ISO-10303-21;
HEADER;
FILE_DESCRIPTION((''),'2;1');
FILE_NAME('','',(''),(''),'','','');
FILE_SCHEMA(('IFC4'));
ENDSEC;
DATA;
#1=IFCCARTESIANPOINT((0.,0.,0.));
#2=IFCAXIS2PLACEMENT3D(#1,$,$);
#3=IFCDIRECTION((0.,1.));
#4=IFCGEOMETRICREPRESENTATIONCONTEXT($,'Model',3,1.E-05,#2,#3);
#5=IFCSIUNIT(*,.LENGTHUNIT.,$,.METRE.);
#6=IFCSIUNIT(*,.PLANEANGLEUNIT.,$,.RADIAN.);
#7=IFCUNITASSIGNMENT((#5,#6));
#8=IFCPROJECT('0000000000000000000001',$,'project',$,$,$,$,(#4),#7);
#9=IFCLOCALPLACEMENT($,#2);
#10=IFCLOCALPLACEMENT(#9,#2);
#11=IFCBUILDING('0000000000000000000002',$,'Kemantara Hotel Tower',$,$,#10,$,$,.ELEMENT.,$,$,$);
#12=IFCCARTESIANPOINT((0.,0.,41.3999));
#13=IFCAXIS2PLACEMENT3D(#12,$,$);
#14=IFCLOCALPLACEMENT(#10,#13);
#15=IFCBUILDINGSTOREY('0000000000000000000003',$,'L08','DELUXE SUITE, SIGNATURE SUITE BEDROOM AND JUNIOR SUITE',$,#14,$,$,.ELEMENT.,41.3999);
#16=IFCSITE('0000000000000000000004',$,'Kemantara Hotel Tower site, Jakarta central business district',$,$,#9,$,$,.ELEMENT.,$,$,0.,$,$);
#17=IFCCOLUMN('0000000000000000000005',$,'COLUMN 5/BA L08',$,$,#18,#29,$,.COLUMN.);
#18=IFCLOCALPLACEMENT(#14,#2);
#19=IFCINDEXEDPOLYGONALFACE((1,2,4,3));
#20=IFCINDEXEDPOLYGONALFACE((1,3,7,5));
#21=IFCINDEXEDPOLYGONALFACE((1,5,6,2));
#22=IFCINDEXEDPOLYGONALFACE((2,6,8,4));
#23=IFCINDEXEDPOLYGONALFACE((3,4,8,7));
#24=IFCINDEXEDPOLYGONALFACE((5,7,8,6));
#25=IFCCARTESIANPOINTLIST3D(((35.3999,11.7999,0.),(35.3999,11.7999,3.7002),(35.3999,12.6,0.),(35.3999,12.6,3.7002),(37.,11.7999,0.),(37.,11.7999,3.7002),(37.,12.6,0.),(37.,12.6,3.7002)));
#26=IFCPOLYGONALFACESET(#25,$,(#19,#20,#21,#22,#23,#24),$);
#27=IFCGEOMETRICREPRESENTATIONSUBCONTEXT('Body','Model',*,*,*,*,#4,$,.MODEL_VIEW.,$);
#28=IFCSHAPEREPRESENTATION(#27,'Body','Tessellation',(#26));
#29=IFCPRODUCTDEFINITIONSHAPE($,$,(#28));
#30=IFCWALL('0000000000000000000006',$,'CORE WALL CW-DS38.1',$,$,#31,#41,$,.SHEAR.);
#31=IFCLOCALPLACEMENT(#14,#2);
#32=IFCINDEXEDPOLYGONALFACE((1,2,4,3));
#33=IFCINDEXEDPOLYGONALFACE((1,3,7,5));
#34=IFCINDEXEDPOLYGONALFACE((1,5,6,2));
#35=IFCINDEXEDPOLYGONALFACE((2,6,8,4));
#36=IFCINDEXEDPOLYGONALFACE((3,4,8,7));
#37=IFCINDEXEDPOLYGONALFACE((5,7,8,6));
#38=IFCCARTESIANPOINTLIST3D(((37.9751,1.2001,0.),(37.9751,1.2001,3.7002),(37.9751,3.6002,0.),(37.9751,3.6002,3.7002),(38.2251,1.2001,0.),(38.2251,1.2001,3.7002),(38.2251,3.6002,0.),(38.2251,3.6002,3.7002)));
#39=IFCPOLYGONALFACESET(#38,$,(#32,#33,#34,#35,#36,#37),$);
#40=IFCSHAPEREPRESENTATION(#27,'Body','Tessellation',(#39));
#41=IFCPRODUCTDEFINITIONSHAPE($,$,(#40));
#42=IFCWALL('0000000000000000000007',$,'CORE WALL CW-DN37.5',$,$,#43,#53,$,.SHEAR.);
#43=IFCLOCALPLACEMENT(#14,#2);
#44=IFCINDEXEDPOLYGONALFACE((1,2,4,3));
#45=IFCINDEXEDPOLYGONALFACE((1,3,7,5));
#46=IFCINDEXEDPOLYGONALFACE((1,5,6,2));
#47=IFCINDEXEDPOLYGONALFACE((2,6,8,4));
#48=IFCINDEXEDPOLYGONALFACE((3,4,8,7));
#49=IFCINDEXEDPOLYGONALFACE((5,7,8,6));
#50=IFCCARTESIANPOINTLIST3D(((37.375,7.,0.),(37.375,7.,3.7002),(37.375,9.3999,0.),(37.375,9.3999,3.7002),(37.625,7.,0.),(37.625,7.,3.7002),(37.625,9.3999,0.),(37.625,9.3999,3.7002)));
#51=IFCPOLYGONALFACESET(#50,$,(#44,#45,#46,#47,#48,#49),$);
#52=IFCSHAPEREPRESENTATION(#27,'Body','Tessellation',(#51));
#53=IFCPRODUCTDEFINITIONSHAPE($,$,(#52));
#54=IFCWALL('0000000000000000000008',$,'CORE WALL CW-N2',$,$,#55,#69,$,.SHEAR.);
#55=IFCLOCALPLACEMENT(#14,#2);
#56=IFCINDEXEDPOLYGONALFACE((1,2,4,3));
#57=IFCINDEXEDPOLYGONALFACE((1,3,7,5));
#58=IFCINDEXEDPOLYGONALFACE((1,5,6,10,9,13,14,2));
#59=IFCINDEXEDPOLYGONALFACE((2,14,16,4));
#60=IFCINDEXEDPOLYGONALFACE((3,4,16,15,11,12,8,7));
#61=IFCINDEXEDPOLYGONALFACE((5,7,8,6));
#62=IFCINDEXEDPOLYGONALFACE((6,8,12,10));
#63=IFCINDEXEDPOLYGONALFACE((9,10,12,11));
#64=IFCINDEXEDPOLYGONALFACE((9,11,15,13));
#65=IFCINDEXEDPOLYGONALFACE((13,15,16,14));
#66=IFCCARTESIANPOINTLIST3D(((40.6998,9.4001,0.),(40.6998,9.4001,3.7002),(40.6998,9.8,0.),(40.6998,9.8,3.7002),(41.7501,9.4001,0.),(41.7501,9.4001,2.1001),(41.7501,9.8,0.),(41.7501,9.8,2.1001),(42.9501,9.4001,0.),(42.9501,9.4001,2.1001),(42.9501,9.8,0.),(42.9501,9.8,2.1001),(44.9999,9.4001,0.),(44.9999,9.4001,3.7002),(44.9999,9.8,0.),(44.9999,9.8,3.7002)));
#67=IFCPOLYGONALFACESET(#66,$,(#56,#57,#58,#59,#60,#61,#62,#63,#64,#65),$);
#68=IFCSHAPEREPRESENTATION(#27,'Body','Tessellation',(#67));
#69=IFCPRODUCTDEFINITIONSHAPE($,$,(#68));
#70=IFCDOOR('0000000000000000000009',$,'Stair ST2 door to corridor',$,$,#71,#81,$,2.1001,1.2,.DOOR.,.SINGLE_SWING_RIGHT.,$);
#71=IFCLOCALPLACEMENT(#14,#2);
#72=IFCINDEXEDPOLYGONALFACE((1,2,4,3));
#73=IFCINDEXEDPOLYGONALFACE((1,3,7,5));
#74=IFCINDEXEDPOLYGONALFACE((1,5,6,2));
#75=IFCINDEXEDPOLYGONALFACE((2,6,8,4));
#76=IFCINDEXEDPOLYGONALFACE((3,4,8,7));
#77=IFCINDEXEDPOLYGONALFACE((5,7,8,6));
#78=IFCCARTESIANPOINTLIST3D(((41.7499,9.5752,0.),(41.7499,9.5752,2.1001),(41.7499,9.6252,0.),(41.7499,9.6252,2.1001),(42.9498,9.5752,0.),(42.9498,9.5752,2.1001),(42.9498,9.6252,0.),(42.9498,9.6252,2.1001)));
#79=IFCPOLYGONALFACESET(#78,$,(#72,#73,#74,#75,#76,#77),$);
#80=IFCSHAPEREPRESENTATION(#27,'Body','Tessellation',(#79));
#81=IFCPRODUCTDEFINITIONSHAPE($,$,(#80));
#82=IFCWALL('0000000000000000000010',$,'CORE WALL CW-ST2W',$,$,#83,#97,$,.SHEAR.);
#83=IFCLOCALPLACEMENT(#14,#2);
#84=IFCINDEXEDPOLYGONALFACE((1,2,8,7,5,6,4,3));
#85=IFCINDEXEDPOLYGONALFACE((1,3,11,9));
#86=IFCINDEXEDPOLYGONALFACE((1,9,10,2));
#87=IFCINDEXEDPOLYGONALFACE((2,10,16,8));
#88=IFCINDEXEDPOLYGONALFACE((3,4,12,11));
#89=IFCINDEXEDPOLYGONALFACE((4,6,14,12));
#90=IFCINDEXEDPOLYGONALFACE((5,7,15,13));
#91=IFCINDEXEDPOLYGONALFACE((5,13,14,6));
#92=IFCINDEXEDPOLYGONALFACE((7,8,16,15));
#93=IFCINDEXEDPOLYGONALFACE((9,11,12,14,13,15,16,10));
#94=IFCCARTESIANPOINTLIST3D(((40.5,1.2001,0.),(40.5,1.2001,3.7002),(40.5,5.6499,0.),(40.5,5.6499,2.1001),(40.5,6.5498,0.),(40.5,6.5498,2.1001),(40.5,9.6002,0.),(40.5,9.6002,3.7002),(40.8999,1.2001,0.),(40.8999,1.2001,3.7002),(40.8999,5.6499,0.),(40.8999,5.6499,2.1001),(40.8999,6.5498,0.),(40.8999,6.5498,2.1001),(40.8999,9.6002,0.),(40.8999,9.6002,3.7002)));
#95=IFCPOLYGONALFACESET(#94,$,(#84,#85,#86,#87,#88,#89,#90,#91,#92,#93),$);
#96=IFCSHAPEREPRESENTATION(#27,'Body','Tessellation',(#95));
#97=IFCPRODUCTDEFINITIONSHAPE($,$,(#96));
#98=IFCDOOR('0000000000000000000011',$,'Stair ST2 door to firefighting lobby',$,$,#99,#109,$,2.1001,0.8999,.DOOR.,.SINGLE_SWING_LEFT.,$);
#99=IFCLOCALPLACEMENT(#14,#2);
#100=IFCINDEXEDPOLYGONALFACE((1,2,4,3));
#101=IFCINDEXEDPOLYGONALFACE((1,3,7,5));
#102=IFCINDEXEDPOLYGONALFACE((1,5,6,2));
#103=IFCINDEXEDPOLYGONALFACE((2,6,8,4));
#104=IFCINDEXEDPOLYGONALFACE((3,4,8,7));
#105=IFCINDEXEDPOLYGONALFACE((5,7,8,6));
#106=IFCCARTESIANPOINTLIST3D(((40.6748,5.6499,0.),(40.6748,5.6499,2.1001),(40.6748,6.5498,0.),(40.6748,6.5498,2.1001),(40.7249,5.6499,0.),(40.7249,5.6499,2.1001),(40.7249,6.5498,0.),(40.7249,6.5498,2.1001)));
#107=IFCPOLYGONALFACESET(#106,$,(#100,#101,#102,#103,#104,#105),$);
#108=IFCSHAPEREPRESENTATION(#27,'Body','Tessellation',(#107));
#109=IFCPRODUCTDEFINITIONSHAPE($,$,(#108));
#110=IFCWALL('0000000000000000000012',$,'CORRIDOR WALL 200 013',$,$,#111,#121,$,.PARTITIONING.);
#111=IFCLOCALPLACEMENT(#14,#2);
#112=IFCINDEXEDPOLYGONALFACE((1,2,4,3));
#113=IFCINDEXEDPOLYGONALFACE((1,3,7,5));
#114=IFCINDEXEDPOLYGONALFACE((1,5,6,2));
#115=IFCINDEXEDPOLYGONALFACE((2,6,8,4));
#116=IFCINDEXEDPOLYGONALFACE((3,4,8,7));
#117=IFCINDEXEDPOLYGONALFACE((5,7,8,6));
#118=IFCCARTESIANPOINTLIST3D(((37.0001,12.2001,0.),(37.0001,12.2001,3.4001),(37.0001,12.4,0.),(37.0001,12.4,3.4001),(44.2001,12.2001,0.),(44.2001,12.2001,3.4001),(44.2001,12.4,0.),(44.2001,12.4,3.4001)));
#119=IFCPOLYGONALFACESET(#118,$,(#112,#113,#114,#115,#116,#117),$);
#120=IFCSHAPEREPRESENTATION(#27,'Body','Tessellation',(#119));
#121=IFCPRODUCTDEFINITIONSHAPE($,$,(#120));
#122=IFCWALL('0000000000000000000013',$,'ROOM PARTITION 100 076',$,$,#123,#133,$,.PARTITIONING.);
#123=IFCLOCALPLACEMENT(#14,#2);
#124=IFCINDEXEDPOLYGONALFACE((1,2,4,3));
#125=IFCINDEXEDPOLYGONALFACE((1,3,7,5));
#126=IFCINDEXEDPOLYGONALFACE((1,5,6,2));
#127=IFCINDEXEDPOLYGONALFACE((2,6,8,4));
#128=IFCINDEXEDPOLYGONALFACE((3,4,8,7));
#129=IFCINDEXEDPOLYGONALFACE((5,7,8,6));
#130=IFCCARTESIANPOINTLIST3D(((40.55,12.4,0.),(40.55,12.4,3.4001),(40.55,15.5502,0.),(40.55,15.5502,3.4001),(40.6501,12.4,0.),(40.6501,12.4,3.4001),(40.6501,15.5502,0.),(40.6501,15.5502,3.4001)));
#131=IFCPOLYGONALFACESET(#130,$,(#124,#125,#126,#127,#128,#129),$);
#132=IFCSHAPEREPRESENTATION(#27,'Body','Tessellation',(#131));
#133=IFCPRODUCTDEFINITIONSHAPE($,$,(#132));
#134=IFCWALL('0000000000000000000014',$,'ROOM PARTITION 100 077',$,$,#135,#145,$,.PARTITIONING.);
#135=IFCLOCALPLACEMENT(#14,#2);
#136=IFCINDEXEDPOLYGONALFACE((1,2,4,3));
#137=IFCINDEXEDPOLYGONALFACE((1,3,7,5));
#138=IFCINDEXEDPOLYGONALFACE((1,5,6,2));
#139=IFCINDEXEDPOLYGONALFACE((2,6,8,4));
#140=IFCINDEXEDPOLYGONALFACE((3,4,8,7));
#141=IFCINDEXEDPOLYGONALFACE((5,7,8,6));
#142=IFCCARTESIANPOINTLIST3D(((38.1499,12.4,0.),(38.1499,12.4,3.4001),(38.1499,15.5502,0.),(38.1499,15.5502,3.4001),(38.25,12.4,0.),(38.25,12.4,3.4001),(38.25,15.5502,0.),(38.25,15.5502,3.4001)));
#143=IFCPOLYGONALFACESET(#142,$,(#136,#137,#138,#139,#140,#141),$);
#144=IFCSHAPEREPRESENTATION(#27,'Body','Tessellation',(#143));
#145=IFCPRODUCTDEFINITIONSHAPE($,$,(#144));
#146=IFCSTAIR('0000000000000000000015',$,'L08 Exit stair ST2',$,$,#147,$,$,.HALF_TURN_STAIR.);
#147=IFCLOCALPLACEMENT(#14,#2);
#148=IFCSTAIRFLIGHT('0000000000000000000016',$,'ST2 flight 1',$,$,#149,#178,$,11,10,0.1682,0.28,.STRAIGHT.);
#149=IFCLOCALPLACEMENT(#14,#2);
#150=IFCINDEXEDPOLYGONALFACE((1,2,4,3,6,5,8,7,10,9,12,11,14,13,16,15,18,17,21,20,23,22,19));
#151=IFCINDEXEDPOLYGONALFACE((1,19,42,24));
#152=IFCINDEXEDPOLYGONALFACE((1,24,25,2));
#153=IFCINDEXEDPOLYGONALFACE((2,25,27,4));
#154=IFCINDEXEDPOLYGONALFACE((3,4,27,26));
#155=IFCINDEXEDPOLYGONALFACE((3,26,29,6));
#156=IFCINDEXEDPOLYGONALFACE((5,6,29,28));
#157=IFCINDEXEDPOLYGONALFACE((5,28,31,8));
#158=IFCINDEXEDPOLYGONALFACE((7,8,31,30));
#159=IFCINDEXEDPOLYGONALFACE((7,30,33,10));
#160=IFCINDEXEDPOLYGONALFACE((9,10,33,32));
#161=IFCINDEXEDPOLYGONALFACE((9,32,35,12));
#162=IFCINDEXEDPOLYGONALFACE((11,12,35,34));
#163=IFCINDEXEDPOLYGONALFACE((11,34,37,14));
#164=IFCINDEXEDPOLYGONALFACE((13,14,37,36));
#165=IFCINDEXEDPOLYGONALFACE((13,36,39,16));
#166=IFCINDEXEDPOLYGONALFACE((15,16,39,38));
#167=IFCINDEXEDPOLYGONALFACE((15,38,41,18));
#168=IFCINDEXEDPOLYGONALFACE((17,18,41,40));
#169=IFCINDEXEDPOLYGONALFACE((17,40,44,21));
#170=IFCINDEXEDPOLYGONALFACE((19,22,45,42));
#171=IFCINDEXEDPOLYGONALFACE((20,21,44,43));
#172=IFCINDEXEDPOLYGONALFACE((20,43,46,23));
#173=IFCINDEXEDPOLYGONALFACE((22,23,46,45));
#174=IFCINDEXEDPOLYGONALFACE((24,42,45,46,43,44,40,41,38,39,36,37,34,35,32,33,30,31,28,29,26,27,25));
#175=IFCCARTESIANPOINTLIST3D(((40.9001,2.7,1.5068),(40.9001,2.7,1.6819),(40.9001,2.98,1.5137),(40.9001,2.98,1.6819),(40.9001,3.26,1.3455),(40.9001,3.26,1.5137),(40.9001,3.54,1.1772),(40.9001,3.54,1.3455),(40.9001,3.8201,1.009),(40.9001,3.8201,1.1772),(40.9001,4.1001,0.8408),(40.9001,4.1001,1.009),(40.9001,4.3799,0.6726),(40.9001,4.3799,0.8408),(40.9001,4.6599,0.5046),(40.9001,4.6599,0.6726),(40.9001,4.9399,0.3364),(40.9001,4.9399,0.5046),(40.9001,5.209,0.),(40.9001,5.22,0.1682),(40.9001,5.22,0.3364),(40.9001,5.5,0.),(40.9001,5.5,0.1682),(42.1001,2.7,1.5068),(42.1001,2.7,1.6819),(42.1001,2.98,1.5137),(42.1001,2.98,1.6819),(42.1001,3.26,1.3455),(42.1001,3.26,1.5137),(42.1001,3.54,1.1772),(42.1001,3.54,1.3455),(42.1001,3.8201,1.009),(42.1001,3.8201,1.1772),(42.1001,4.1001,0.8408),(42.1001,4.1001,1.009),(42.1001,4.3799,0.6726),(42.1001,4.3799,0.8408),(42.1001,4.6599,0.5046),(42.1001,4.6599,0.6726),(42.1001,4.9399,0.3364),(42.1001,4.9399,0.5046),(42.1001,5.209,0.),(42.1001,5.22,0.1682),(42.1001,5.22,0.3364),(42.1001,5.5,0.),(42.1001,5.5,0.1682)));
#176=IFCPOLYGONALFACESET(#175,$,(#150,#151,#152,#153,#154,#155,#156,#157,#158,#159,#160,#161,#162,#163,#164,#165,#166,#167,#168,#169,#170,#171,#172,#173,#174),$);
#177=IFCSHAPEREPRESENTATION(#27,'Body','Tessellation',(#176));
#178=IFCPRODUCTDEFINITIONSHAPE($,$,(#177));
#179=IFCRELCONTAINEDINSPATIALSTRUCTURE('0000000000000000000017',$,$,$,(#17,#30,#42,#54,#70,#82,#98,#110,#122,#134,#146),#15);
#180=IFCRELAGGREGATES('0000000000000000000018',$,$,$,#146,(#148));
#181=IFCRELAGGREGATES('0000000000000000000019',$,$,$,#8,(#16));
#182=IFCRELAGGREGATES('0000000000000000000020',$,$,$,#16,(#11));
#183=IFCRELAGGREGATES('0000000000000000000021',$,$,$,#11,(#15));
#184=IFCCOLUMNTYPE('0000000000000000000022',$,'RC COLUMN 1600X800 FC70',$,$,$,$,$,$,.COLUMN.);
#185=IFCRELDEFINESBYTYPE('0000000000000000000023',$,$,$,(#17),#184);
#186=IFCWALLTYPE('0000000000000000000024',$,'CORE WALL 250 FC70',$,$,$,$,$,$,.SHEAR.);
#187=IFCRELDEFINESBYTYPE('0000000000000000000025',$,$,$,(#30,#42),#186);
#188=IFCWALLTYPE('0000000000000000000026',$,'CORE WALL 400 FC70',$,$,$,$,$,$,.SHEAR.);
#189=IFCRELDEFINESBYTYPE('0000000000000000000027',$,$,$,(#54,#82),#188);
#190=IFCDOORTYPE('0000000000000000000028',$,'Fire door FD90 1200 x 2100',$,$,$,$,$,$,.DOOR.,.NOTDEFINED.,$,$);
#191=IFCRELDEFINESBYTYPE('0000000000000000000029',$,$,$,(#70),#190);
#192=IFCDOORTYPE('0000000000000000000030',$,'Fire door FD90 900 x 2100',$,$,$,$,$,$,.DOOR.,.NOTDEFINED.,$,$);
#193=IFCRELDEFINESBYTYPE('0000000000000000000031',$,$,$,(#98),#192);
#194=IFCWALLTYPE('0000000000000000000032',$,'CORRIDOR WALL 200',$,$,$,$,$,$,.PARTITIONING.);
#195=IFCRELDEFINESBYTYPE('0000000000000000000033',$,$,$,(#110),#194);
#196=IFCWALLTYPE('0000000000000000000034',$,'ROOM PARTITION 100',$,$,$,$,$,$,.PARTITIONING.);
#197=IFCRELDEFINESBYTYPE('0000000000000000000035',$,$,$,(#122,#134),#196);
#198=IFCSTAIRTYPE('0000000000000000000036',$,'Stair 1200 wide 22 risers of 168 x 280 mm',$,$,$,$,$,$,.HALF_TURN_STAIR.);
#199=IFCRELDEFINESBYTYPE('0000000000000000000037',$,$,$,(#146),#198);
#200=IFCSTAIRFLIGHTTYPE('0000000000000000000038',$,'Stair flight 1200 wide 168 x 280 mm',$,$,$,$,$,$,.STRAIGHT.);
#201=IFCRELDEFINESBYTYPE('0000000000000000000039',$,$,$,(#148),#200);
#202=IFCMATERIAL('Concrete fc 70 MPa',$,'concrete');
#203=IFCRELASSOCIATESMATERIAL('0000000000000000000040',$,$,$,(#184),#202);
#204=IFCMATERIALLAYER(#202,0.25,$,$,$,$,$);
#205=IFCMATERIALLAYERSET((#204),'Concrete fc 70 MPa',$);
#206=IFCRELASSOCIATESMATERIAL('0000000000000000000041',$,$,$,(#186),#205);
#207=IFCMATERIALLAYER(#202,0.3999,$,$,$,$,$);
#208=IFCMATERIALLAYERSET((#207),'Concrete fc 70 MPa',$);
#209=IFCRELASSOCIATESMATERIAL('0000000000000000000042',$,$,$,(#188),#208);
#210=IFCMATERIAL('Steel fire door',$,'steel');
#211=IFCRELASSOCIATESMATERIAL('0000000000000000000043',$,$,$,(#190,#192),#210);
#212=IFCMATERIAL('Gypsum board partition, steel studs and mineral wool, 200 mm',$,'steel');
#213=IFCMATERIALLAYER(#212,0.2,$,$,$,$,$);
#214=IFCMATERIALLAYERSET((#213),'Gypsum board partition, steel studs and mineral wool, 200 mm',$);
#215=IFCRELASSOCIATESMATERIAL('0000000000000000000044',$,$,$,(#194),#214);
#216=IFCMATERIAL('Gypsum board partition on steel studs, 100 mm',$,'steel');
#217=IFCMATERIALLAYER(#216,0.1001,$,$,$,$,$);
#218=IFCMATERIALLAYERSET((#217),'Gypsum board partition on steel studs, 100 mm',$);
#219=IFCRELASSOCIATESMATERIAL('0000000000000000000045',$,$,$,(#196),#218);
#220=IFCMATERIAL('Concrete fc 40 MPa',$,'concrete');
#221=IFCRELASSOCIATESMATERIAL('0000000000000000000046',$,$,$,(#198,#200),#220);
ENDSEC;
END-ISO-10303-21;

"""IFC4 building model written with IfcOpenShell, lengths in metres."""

from ifc_helpers import new_model, si_unit, direction, frame, frame_2d, origin, origin_2d, place, context, subcontext, project, spatial, polyline, rectangle, outline, extrude, material, layer, layer_set, material_profile, profile_set, type_object, element, fill, aggregate, save


model = new_model("IFC4")

# Units and contexts
model_context = context("Model", 3, precision=1e-05, world=origin(), true_north=direction((0.0, 1.0)))
body_context = subcontext(model_context, "Body", "Model", "MODEL_VIEW")
ifc_project = project(units=[si_unit("LENGTHUNIT", "METRE"), si_unit("PLANEANGLEUNIT", "RADIAN")], contexts=[model_context])

# Site, building, storey
site_placement = place(None, origin())
site = spatial("IfcSite", under=ifc_project, at=site_placement, Name="Kemantara Hotel Tower site, Jakarta central business district", CompositionType="ELEMENT", RefElevation=0.0)
building_placement = place(site_placement, origin())
building = spatial("IfcBuilding", under=site, at=building_placement, Name="Kemantara Hotel Tower", CompositionType="ELEMENT")
storey_placement = place(building_placement, frame((0.0, 0.0, 41.3999)))
storey = spatial("IfcBuildingStorey", under=building, at=storey_placement, Name="L08", Description="DELUXE SUITE, SIGNATURE SUITE BEDROOM AND JUNIOR SUITE", CompositionType="ELEMENT", Elevation=41.3999)

# Column
ifc_material_1 = material(Name="Concrete fc 70 MPa", Category="concrete")
ifc_material_profile = material_profile(ifc_material_1, rectangle(XDim=1.6001, YDim=0.8, at=origin_2d()), Name="RC 1600X800")
ifc_profile_set = profile_set([ifc_material_profile], Name="Concrete fc 70 MPa")
column_type = type_object("IfcColumnType", Name="RC COLUMN 1600X800 FC70", PredefinedType="COLUMN", material=ifc_profile_set)
column_placement = place(storey_placement, frame((36.2, 12.2, 0.0), z_axis=(0.0, 0.0, 1.0), x_axis=(1.0, 0.0, 0.0)))
element("IfcColumn", 1, at=column_placement, inside=storey, type_object=column_type, Name="COLUMN 5/BA L08", PredefinedType="COLUMN", context=body_context, shape_type="SweptSolid", body=[
    extrude(rectangle(XDim=1.6001, YDim=0.8, at=origin_2d()), origin(), (0.0, 0.0, 1.0), 3.7002),
])

# Walls
ifc_layer_1 = layer(ifc_material_1, 0.25)
ifc_layer_set_1 = layer_set([ifc_layer_1], Name="Concrete fc 70 MPa")
wall_type_1 = type_object("IfcWallType", Name="CORE WALL 250 FC70", PredefinedType="SHEAR", material=ifc_layer_set_1)
wall_1_placement = place(storey_placement, frame((38.1001, 1.2, 0.0), z_axis=(0.0, 0.0, 1.0), x_axis=(0.0, 1.0, 0.0)))
element("IfcWall", 2, at=wall_1_placement, inside=storey, type_object=wall_type_1, Name="CORE WALL CW-DS38.1", PredefinedType="SHEAR", context=body_context, shape_type="SweptSolid", body=[
    extrude(rectangle(XDim=2.4001, YDim=0.25, at=frame_2d((1.2002, 0.0))), origin(), (0.0, 0.0, 1.0), 3.7002),
])
wall_2_placement = place(storey_placement, frame((37.5, 7.0, 0.0), z_axis=(0.0, 0.0, 1.0), x_axis=(0.0, 1.0, 0.0)))
element("IfcWall", 3, at=wall_2_placement, inside=storey, type_object=wall_type_1, Name="CORE WALL CW-DN37.5", PredefinedType="SHEAR", context=body_context, shape_type="SweptSolid", body=[
    extrude(rectangle(XDim=2.3999, YDim=0.25, at=frame_2d((1.2, 0.0))), origin(), (0.0, 0.0, 1.0), 3.7002),
])

# Walls, openings, doors
ifc_layer_2 = layer(ifc_material_1, 0.3999)
ifc_layer_set_2 = layer_set([ifc_layer_2], Name="Concrete fc 70 MPa")
wall_type_2 = type_object("IfcWallType", Name="CORE WALL 400 FC70", PredefinedType="SHEAR", material=ifc_layer_set_2)
wall_3_placement = place(storey_placement, frame((40.7, 9.6001, 0.0), z_axis=(0.0, 0.0, 1.0), x_axis=(1.0, 0.0, 0.0)))
wall_3 = element("IfcWall", 4, at=wall_3_placement, inside=storey, type_object=wall_type_2, Name="CORE WALL CW-N2", PredefinedType="SHEAR", context=body_context, shape_type="SweptSolid", body=[
    extrude(rectangle(XDim=4.3, YDim=0.3999, at=frame_2d((2.1499, 0.0))), origin(), (0.0, 0.0, 1.0), 3.7002),
])
opening_1_placement = place(wall_3_placement, frame((1.05, 0.0, 0.0)))
opening_1 = element("IfcOpeningElement", 5, at=opening_1_placement, cuts=wall_3, PredefinedType="OPENING", context=body_context, shape_type="SweptSolid", body=[
    extrude(rectangle(XDim=1.2, YDim=2.1001, at=frame_2d((0.6001, 1.05))), frame((0.0, 0.21, 0.0), z_axis=(0.0, -1.0, 0.0), x_axis=(1.0, 0.0, 0.0)), (0.0, 0.0, 1.0), 0.4199),
])
ifc_material_2 = material(Name="Steel fire door", Category="steel")
door_type_1 = type_object("IfcDoorType", Name="Fire door FD90 1200 x 2100", OperationType="NOTDEFINED", PredefinedType="DOOR", material=ifc_material_2)
door_1_placement = place(opening_1_placement, frame((1.2, 0.0, 0.0), z_axis=(0.0, 0.0, 1.0), x_axis=(-1.0, 0.0, 0.0)))
door_1 = element("IfcDoor", 6, at=door_1_placement, inside=storey, type_object=door_type_1, Name="Stair ST2 door to corridor", OperationType="SINGLE_SWING_RIGHT", OverallHeight=2.1001, OverallWidth=1.2, PredefinedType="DOOR", context=body_context, shape_type="SweptSolid", body=[
    extrude(rectangle(XDim=1.2, YDim=2.1001, at=frame_2d((0.6001, 1.05))), frame((0.0, 0.0249, 0.0), z_axis=(0.0, -1.0, 0.0), x_axis=(1.0, 0.0, 0.0)), (0.0, 0.0, 1.0), 0.05),
])
fill(opening_1, door_1)
wall_4_placement = place(storey_placement, frame((40.7, 1.2, 0.0), z_axis=(0.0, 0.0, 1.0), x_axis=(0.0, 1.0, 0.0)))
wall_4 = element("IfcWall", 7, at=wall_4_placement, inside=storey, type_object=wall_type_2, Name="CORE WALL CW-ST2W", PredefinedType="SHEAR", context=body_context, shape_type="SweptSolid", body=[
    extrude(rectangle(XDim=8.4001, YDim=0.3999, at=frame_2d((4.2002, 0.0))), origin(), (0.0, 0.0, 1.0), 3.7002),
])
opening_2_placement = place(wall_4_placement, frame((4.45, 0.0, 0.0)))
opening_2 = element("IfcOpeningElement", 8, at=opening_2_placement, cuts=wall_4, PredefinedType="OPENING", context=body_context, shape_type="SweptSolid", body=[
    extrude(rectangle(XDim=0.8999, YDim=2.1001, at=frame_2d((0.45, 1.05))), frame((0.0, 0.21, 0.0), z_axis=(0.0, -1.0, 0.0), x_axis=(1.0, 0.0, 0.0)), (0.0, 0.0, 1.0), 0.4199),
])
door_type_2 = type_object("IfcDoorType", Name="Fire door FD90 900 x 2100", OperationType="NOTDEFINED", PredefinedType="DOOR", material=ifc_material_2)
door_2_placement = place(opening_2_placement, frame((0.8999, 0.0, 0.0), z_axis=(0.0, 0.0, 1.0), x_axis=(-1.0, 0.0, 0.0)))
door_2 = element("IfcDoor", 9, at=door_2_placement, inside=storey, type_object=door_type_2, Name="Stair ST2 door to firefighting lobby", OperationType="SINGLE_SWING_LEFT", OverallHeight=2.1001, OverallWidth=0.8999, PredefinedType="DOOR", context=body_context, shape_type="SweptSolid", body=[
    extrude(rectangle(XDim=0.8999, YDim=2.1001, at=frame_2d((0.45, 1.05))), frame((0.0, 0.0249, 0.0), z_axis=(0.0, -1.0, 0.0), x_axis=(1.0, 0.0, 0.0)), (0.0, 0.0, 1.0), 0.05),
])
fill(opening_2, door_2)

# Walls
ifc_material_3 = material(Name="Gypsum board partition, steel studs and mineral wool, 200 mm", Category="steel")
ifc_layer_3 = layer(ifc_material_3, 0.2)
ifc_layer_set_3 = layer_set([ifc_layer_3], Name="Gypsum board partition, steel studs and mineral wool, 200 mm")
wall_type_3 = type_object("IfcWallType", Name="CORRIDOR WALL 200", PredefinedType="PARTITIONING", material=ifc_layer_set_3)
wall_5_placement = place(storey_placement, frame((37.0, 12.3, 0.0), z_axis=(0.0, 0.0, 1.0), x_axis=(1.0, 0.0, 0.0)))
element("IfcWall", 10, at=wall_5_placement, inside=storey, type_object=wall_type_3, Name="CORRIDOR WALL 200 013", PredefinedType="PARTITIONING", context=body_context, shape_type="SweptSolid", body=[
    extrude(rectangle(XDim=7.2, YDim=0.2, at=frame_2d((3.6001, 0.0))), origin(), (0.0, 0.0, 1.0), 3.4001),
])
ifc_material_4 = material(Name="Gypsum board partition on steel studs, 100 mm", Category="steel")
ifc_layer_4 = layer(ifc_material_4, 0.1001)
ifc_layer_set_4 = layer_set([ifc_layer_4], Name="Gypsum board partition on steel studs, 100 mm")
wall_type_4 = type_object("IfcWallType", Name="ROOM PARTITION 100", PredefinedType="PARTITIONING", material=ifc_layer_set_4)
for number, where, z_axis, x_axis, name in (
    (11, (40.6001, 12.3999, 0.0), (0.0, 0.0, 1.0), (0.0, 1.0, 0.0), "ROOM PARTITION 100 076"),
    (12, (38.2, 12.3999, 0.0), (0.0, 0.0, 1.0), (0.0, 1.0, 0.0), "ROOM PARTITION 100 077"),
):
    element("IfcWall", number, at=place(storey_placement, frame(where, z_axis=z_axis, x_axis=x_axis)), inside=storey, type_object=wall_type_4, Name=name, PredefinedType="PARTITIONING", context=body_context, shape_type="SweptSolid", body=[
        extrude(rectangle(XDim=3.1501, YDim=0.1001, at=frame_2d((1.5752, 0.0))), origin(), (0.0, 0.0, 1.0), 3.4001),
    ])

# Stair, stair flight
ifc_material_5 = material(Name="Concrete fc 40 MPa", Category="concrete")
stair_type = type_object("IfcStairType", Name="Stair 1200 wide 22 risers of 168 x 280 mm", PredefinedType="HALF_TURN_STAIR", material=ifc_material_5)
stair_placement = place(storey_placement, origin())
stair = element("IfcStair", 13, at=stair_placement, inside=storey, type_object=stair_type, Name="L08 Exit stair ST2", PredefinedType="HALF_TURN_STAIR")
stair_flight_type = type_object("IfcStairFlightType", Name="Stair flight 1200 wide 168 x 280 mm", PredefinedType="STRAIGHT", material=ifc_material_5)
stair_flight_1_placement = place(storey_placement, frame((41.5, 5.5, 0.0), z_axis=(0.0, 0.0, 1.0), x_axis=(0.0, -1.0, 0.0)))
stair_flight_1 = element("IfcStairFlight", 14, at=stair_flight_1_placement, type_object=stair_flight_type, Name="ST2 flight 1", NumberOfRisers=11, NumberOfTreads=10, PredefinedType="STRAIGHT", RiserHeight=0.1682, TreadLength=0.28, context=body_context, shape_type="SweptSolid", body=[
    extrude(outline(polyline([(0.0, 0.0), (0.0, 0.1682), (0.28, 0.1682), (0.28, 0.3364), (0.5601, 0.3364), (0.5601, 0.5046), (0.8401, 0.5046), (0.8401, 0.6726), (1.1201, 0.6726), (1.1201, 0.8408), (1.3999, 0.8408), (1.3999, 1.009), (1.6799, 1.009), (1.6799, 1.1772), (1.96, 1.1772), (1.96, 1.3455), (2.24, 1.3455), (2.24, 1.5137), (2.52, 1.5137), (2.52, 1.6819), (2.8, 1.6819), (2.8, 1.8501), (2.8, 1.5068), (0.291, 0.0), (0.0, 0.0)])), frame((0.0, 0.6001, 0.0), z_axis=(0.0, -1.0, 0.0), x_axis=(1.0, 0.0, 0.0)), (0.0, 0.0, 1.0), 1.2),
])
aggregate(stair, [stair_flight_1])

save(model, "model.ifc")
